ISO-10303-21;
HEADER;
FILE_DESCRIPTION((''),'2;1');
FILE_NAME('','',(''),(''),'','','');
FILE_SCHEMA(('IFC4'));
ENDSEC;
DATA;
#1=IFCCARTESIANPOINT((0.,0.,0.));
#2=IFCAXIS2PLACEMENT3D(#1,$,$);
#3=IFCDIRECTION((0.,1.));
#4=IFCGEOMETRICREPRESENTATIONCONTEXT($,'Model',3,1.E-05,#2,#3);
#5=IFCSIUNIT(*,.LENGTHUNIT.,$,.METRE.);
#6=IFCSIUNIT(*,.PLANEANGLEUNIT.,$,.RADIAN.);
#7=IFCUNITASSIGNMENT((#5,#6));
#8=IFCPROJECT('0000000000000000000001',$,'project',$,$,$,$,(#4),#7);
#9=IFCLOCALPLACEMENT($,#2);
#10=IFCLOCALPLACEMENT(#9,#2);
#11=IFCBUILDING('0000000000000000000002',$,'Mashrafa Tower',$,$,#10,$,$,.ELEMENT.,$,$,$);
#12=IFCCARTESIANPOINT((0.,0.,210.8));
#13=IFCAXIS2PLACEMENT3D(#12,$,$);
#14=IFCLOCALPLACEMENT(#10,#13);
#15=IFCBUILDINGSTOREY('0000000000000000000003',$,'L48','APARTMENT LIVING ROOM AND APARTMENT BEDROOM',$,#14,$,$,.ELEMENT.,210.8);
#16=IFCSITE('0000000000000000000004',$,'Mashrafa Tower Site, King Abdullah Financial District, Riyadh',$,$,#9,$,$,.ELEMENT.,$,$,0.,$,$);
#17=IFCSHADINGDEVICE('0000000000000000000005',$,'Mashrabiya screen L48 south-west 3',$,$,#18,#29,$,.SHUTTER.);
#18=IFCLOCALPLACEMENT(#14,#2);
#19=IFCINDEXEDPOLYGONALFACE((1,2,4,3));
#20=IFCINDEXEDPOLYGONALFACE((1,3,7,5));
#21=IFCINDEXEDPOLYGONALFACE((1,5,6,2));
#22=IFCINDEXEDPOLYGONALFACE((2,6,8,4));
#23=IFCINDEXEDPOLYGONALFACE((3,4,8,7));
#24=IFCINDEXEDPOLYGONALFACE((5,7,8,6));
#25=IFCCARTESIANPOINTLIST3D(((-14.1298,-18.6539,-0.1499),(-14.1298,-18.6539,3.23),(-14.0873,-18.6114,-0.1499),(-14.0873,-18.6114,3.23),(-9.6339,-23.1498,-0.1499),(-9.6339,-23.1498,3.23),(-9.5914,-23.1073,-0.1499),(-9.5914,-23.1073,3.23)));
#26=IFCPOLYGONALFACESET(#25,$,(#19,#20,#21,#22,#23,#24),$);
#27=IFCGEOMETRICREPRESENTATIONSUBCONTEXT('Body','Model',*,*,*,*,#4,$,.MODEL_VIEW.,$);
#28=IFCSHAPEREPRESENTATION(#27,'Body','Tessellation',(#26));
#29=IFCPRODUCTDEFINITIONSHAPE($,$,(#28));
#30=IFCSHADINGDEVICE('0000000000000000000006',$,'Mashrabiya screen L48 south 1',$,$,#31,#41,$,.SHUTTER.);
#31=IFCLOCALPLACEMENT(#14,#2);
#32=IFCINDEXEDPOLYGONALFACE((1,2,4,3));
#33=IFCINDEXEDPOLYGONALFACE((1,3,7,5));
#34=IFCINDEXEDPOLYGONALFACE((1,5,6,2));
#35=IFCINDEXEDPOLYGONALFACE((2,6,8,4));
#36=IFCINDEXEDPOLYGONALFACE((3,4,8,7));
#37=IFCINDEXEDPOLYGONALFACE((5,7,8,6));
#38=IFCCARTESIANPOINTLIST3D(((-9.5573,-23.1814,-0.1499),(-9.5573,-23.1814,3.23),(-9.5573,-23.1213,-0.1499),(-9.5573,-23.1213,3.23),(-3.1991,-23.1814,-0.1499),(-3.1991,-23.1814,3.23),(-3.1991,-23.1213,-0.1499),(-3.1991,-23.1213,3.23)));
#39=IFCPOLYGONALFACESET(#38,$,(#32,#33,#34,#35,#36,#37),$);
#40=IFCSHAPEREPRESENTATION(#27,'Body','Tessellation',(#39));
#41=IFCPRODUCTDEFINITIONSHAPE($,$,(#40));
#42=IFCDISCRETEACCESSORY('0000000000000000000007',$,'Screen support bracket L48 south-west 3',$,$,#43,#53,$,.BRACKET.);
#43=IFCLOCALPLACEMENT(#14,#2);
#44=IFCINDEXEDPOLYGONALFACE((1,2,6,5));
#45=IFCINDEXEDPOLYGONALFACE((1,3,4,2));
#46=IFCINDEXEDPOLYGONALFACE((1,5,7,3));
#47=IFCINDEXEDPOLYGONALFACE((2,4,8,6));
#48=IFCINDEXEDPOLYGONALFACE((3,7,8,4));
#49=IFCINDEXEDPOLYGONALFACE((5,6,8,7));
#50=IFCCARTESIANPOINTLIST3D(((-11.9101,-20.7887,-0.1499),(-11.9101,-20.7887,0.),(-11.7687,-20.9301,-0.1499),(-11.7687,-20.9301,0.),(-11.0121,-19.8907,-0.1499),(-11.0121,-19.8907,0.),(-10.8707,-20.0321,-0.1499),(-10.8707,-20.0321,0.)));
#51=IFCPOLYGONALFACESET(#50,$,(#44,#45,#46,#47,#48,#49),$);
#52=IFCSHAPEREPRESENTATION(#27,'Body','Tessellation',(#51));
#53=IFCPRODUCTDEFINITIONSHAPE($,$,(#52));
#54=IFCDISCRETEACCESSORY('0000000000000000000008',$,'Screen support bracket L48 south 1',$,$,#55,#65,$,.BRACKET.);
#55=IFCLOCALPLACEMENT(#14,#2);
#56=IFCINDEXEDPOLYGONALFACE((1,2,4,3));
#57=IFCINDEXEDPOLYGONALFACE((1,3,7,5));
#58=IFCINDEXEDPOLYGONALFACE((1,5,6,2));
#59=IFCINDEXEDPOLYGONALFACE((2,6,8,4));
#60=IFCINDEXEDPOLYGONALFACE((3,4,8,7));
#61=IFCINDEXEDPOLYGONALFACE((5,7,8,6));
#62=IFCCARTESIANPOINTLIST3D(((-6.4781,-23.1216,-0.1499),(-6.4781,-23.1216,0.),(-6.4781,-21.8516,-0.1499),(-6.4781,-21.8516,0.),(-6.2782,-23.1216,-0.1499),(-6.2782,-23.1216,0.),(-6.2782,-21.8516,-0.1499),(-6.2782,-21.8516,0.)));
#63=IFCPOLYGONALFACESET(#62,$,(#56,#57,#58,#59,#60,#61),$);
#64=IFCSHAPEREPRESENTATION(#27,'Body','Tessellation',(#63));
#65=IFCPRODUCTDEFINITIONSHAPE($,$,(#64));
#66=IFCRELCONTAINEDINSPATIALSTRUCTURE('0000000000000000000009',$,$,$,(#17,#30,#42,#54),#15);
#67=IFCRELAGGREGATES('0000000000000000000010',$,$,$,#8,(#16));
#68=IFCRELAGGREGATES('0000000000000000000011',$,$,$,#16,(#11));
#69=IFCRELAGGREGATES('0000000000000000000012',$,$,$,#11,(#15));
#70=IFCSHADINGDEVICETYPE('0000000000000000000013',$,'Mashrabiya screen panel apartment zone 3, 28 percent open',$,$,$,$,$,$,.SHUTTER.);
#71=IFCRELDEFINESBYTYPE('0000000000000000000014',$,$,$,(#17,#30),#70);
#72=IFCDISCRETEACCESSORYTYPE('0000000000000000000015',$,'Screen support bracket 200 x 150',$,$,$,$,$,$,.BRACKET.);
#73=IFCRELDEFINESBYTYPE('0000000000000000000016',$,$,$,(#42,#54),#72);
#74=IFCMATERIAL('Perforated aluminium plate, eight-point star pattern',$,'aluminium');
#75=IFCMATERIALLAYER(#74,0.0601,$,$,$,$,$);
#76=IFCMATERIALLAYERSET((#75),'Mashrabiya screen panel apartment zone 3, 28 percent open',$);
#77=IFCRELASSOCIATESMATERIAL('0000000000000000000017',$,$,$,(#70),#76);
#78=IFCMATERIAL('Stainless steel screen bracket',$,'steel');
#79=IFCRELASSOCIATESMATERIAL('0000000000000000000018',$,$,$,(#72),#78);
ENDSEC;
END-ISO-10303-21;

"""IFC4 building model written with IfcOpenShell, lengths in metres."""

from ifc_helpers import new_model, si_unit, direction, frame, origin, origin_2d, place, context, subcontext, project, spatial, rectangle, extrude, source, transform, mapped, material, layer, layer_set, type_object, type_shapes, element, save


model = new_model("IFC4")

# Units and contexts
model_context = context("Model", 3, precision=1e-05, world=origin(), true_north=direction((0.0, 1.0)))
body_context = subcontext(model_context, "Body", "Model", "MODEL_VIEW")
ifc_project = project(units=[si_unit("LENGTHUNIT", "METRE"), si_unit("PLANEANGLEUNIT", "RADIAN")], contexts=[model_context])

# Site, building, storey
site_placement = place(None, origin())
site = spatial("IfcSite", under=ifc_project, at=site_placement, Name="Mashrafa Tower Site, King Abdullah Financial District, Riyadh", CompositionType="ELEMENT", RefElevation=0.0)
building_placement = place(site_placement, origin())
building = spatial("IfcBuilding", under=site, at=building_placement, Name="Mashrafa Tower", CompositionType="ELEMENT")
storey_placement = place(building_placement, frame((0.0, 0.0, 210.8)))
storey = spatial("IfcBuildingStorey", under=building, at=storey_placement, Name="L48", Description="APARTMENT LIVING ROOM AND APARTMENT BEDROOM", CompositionType="ELEMENT", Elevation=210.8)

# Shading devices
ifc_material_1 = material(Name="Perforated aluminium plate, eight-point star pattern", Category="aluminium")
ifc_layer_1 = layer(ifc_material_1, 0.0601)
ifc_layer_set_1 = layer_set([ifc_layer_1], Name="Mashrabiya screen panel apartment zone 3, 28 percent open")
shading_device_type = type_object("IfcShadingDeviceType", Name="Mashrabiya screen panel apartment zone 3, 28 percent open", PredefinedType="SHUTTER", material=ifc_layer_set_1)
shared_shape_1 = source(origin(), body_context, "Body", "SweptSolid", [
    extrude(rectangle(XDim=6.3582, YDim=0.0601, at=origin_2d()), origin(), (0.0, 0.0, 1.0), 3.3799),
])
type_shapes(shading_device_type, [shared_shape_1])
for number, where, z_axis, x_axis, name in (
    (1, (-11.8606, -20.8806, -0.1499), (0.0, 0.0, 1.0), (0.707107, -0.707107, 0.0), "Mashrabiya screen L48 south-west 3"),
    (2, (-6.3782, -23.1514, -0.1499), (0.0, 0.0, 1.0), (1.0, 0.0, 0.0), "Mashrabiya screen L48 south 1"),
):
    element("IfcShadingDevice", number, at=place(storey_placement, frame(where, z_axis=z_axis, x_axis=x_axis)), inside=storey, type_object=shading_device_type, Name=name, PredefinedType="SHUTTER", context=body_context, shape_type="MappedRepresentation", body=[
        mapped(shared_shape_1, transform((0.0, 0.0, 0.0))),
    ])

# Discrete accessories
ifc_material_2 = material(Name="Stainless steel screen bracket", Category="steel")
discrete_accessory_type = type_object("IfcDiscreteAccessoryType", Name="Screen support bracket 200 x 150", PredefinedType="BRACKET", material=ifc_material_2)
shared_shape_2 = source(origin(), body_context, "Body", "SweptSolid", [
    extrude(rectangle(XDim=0.2, YDim=1.27, at=origin_2d()), origin(), (0.0, 0.0, 1.0), 0.1499),
])
type_shapes(discrete_accessory_type, [shared_shape_2])
for number, where, z_axis, x_axis, name in (
    (3, (-11.3904, -20.4104, -0.1499), (0.0, 0.0, 1.0), (0.707107, -0.707107, 0.0), "Screen support bracket L48 south-west 3"),
    (4, (-6.3782, -22.4866, -0.1499), (0.0, 0.0, 1.0), (1.0, 0.0, 0.0), "Screen support bracket L48 south 1"),
):
    element("IfcDiscreteAccessory", number, at=place(storey_placement, frame(where, z_axis=z_axis, x_axis=x_axis)), inside=storey, type_object=discrete_accessory_type, Name=name, PredefinedType="BRACKET", context=body_context, shape_type="MappedRepresentation", body=[
        mapped(shared_shape_2, transform((0.0, 0.0, 0.0))),
    ])

save(model, "model.ifc")
